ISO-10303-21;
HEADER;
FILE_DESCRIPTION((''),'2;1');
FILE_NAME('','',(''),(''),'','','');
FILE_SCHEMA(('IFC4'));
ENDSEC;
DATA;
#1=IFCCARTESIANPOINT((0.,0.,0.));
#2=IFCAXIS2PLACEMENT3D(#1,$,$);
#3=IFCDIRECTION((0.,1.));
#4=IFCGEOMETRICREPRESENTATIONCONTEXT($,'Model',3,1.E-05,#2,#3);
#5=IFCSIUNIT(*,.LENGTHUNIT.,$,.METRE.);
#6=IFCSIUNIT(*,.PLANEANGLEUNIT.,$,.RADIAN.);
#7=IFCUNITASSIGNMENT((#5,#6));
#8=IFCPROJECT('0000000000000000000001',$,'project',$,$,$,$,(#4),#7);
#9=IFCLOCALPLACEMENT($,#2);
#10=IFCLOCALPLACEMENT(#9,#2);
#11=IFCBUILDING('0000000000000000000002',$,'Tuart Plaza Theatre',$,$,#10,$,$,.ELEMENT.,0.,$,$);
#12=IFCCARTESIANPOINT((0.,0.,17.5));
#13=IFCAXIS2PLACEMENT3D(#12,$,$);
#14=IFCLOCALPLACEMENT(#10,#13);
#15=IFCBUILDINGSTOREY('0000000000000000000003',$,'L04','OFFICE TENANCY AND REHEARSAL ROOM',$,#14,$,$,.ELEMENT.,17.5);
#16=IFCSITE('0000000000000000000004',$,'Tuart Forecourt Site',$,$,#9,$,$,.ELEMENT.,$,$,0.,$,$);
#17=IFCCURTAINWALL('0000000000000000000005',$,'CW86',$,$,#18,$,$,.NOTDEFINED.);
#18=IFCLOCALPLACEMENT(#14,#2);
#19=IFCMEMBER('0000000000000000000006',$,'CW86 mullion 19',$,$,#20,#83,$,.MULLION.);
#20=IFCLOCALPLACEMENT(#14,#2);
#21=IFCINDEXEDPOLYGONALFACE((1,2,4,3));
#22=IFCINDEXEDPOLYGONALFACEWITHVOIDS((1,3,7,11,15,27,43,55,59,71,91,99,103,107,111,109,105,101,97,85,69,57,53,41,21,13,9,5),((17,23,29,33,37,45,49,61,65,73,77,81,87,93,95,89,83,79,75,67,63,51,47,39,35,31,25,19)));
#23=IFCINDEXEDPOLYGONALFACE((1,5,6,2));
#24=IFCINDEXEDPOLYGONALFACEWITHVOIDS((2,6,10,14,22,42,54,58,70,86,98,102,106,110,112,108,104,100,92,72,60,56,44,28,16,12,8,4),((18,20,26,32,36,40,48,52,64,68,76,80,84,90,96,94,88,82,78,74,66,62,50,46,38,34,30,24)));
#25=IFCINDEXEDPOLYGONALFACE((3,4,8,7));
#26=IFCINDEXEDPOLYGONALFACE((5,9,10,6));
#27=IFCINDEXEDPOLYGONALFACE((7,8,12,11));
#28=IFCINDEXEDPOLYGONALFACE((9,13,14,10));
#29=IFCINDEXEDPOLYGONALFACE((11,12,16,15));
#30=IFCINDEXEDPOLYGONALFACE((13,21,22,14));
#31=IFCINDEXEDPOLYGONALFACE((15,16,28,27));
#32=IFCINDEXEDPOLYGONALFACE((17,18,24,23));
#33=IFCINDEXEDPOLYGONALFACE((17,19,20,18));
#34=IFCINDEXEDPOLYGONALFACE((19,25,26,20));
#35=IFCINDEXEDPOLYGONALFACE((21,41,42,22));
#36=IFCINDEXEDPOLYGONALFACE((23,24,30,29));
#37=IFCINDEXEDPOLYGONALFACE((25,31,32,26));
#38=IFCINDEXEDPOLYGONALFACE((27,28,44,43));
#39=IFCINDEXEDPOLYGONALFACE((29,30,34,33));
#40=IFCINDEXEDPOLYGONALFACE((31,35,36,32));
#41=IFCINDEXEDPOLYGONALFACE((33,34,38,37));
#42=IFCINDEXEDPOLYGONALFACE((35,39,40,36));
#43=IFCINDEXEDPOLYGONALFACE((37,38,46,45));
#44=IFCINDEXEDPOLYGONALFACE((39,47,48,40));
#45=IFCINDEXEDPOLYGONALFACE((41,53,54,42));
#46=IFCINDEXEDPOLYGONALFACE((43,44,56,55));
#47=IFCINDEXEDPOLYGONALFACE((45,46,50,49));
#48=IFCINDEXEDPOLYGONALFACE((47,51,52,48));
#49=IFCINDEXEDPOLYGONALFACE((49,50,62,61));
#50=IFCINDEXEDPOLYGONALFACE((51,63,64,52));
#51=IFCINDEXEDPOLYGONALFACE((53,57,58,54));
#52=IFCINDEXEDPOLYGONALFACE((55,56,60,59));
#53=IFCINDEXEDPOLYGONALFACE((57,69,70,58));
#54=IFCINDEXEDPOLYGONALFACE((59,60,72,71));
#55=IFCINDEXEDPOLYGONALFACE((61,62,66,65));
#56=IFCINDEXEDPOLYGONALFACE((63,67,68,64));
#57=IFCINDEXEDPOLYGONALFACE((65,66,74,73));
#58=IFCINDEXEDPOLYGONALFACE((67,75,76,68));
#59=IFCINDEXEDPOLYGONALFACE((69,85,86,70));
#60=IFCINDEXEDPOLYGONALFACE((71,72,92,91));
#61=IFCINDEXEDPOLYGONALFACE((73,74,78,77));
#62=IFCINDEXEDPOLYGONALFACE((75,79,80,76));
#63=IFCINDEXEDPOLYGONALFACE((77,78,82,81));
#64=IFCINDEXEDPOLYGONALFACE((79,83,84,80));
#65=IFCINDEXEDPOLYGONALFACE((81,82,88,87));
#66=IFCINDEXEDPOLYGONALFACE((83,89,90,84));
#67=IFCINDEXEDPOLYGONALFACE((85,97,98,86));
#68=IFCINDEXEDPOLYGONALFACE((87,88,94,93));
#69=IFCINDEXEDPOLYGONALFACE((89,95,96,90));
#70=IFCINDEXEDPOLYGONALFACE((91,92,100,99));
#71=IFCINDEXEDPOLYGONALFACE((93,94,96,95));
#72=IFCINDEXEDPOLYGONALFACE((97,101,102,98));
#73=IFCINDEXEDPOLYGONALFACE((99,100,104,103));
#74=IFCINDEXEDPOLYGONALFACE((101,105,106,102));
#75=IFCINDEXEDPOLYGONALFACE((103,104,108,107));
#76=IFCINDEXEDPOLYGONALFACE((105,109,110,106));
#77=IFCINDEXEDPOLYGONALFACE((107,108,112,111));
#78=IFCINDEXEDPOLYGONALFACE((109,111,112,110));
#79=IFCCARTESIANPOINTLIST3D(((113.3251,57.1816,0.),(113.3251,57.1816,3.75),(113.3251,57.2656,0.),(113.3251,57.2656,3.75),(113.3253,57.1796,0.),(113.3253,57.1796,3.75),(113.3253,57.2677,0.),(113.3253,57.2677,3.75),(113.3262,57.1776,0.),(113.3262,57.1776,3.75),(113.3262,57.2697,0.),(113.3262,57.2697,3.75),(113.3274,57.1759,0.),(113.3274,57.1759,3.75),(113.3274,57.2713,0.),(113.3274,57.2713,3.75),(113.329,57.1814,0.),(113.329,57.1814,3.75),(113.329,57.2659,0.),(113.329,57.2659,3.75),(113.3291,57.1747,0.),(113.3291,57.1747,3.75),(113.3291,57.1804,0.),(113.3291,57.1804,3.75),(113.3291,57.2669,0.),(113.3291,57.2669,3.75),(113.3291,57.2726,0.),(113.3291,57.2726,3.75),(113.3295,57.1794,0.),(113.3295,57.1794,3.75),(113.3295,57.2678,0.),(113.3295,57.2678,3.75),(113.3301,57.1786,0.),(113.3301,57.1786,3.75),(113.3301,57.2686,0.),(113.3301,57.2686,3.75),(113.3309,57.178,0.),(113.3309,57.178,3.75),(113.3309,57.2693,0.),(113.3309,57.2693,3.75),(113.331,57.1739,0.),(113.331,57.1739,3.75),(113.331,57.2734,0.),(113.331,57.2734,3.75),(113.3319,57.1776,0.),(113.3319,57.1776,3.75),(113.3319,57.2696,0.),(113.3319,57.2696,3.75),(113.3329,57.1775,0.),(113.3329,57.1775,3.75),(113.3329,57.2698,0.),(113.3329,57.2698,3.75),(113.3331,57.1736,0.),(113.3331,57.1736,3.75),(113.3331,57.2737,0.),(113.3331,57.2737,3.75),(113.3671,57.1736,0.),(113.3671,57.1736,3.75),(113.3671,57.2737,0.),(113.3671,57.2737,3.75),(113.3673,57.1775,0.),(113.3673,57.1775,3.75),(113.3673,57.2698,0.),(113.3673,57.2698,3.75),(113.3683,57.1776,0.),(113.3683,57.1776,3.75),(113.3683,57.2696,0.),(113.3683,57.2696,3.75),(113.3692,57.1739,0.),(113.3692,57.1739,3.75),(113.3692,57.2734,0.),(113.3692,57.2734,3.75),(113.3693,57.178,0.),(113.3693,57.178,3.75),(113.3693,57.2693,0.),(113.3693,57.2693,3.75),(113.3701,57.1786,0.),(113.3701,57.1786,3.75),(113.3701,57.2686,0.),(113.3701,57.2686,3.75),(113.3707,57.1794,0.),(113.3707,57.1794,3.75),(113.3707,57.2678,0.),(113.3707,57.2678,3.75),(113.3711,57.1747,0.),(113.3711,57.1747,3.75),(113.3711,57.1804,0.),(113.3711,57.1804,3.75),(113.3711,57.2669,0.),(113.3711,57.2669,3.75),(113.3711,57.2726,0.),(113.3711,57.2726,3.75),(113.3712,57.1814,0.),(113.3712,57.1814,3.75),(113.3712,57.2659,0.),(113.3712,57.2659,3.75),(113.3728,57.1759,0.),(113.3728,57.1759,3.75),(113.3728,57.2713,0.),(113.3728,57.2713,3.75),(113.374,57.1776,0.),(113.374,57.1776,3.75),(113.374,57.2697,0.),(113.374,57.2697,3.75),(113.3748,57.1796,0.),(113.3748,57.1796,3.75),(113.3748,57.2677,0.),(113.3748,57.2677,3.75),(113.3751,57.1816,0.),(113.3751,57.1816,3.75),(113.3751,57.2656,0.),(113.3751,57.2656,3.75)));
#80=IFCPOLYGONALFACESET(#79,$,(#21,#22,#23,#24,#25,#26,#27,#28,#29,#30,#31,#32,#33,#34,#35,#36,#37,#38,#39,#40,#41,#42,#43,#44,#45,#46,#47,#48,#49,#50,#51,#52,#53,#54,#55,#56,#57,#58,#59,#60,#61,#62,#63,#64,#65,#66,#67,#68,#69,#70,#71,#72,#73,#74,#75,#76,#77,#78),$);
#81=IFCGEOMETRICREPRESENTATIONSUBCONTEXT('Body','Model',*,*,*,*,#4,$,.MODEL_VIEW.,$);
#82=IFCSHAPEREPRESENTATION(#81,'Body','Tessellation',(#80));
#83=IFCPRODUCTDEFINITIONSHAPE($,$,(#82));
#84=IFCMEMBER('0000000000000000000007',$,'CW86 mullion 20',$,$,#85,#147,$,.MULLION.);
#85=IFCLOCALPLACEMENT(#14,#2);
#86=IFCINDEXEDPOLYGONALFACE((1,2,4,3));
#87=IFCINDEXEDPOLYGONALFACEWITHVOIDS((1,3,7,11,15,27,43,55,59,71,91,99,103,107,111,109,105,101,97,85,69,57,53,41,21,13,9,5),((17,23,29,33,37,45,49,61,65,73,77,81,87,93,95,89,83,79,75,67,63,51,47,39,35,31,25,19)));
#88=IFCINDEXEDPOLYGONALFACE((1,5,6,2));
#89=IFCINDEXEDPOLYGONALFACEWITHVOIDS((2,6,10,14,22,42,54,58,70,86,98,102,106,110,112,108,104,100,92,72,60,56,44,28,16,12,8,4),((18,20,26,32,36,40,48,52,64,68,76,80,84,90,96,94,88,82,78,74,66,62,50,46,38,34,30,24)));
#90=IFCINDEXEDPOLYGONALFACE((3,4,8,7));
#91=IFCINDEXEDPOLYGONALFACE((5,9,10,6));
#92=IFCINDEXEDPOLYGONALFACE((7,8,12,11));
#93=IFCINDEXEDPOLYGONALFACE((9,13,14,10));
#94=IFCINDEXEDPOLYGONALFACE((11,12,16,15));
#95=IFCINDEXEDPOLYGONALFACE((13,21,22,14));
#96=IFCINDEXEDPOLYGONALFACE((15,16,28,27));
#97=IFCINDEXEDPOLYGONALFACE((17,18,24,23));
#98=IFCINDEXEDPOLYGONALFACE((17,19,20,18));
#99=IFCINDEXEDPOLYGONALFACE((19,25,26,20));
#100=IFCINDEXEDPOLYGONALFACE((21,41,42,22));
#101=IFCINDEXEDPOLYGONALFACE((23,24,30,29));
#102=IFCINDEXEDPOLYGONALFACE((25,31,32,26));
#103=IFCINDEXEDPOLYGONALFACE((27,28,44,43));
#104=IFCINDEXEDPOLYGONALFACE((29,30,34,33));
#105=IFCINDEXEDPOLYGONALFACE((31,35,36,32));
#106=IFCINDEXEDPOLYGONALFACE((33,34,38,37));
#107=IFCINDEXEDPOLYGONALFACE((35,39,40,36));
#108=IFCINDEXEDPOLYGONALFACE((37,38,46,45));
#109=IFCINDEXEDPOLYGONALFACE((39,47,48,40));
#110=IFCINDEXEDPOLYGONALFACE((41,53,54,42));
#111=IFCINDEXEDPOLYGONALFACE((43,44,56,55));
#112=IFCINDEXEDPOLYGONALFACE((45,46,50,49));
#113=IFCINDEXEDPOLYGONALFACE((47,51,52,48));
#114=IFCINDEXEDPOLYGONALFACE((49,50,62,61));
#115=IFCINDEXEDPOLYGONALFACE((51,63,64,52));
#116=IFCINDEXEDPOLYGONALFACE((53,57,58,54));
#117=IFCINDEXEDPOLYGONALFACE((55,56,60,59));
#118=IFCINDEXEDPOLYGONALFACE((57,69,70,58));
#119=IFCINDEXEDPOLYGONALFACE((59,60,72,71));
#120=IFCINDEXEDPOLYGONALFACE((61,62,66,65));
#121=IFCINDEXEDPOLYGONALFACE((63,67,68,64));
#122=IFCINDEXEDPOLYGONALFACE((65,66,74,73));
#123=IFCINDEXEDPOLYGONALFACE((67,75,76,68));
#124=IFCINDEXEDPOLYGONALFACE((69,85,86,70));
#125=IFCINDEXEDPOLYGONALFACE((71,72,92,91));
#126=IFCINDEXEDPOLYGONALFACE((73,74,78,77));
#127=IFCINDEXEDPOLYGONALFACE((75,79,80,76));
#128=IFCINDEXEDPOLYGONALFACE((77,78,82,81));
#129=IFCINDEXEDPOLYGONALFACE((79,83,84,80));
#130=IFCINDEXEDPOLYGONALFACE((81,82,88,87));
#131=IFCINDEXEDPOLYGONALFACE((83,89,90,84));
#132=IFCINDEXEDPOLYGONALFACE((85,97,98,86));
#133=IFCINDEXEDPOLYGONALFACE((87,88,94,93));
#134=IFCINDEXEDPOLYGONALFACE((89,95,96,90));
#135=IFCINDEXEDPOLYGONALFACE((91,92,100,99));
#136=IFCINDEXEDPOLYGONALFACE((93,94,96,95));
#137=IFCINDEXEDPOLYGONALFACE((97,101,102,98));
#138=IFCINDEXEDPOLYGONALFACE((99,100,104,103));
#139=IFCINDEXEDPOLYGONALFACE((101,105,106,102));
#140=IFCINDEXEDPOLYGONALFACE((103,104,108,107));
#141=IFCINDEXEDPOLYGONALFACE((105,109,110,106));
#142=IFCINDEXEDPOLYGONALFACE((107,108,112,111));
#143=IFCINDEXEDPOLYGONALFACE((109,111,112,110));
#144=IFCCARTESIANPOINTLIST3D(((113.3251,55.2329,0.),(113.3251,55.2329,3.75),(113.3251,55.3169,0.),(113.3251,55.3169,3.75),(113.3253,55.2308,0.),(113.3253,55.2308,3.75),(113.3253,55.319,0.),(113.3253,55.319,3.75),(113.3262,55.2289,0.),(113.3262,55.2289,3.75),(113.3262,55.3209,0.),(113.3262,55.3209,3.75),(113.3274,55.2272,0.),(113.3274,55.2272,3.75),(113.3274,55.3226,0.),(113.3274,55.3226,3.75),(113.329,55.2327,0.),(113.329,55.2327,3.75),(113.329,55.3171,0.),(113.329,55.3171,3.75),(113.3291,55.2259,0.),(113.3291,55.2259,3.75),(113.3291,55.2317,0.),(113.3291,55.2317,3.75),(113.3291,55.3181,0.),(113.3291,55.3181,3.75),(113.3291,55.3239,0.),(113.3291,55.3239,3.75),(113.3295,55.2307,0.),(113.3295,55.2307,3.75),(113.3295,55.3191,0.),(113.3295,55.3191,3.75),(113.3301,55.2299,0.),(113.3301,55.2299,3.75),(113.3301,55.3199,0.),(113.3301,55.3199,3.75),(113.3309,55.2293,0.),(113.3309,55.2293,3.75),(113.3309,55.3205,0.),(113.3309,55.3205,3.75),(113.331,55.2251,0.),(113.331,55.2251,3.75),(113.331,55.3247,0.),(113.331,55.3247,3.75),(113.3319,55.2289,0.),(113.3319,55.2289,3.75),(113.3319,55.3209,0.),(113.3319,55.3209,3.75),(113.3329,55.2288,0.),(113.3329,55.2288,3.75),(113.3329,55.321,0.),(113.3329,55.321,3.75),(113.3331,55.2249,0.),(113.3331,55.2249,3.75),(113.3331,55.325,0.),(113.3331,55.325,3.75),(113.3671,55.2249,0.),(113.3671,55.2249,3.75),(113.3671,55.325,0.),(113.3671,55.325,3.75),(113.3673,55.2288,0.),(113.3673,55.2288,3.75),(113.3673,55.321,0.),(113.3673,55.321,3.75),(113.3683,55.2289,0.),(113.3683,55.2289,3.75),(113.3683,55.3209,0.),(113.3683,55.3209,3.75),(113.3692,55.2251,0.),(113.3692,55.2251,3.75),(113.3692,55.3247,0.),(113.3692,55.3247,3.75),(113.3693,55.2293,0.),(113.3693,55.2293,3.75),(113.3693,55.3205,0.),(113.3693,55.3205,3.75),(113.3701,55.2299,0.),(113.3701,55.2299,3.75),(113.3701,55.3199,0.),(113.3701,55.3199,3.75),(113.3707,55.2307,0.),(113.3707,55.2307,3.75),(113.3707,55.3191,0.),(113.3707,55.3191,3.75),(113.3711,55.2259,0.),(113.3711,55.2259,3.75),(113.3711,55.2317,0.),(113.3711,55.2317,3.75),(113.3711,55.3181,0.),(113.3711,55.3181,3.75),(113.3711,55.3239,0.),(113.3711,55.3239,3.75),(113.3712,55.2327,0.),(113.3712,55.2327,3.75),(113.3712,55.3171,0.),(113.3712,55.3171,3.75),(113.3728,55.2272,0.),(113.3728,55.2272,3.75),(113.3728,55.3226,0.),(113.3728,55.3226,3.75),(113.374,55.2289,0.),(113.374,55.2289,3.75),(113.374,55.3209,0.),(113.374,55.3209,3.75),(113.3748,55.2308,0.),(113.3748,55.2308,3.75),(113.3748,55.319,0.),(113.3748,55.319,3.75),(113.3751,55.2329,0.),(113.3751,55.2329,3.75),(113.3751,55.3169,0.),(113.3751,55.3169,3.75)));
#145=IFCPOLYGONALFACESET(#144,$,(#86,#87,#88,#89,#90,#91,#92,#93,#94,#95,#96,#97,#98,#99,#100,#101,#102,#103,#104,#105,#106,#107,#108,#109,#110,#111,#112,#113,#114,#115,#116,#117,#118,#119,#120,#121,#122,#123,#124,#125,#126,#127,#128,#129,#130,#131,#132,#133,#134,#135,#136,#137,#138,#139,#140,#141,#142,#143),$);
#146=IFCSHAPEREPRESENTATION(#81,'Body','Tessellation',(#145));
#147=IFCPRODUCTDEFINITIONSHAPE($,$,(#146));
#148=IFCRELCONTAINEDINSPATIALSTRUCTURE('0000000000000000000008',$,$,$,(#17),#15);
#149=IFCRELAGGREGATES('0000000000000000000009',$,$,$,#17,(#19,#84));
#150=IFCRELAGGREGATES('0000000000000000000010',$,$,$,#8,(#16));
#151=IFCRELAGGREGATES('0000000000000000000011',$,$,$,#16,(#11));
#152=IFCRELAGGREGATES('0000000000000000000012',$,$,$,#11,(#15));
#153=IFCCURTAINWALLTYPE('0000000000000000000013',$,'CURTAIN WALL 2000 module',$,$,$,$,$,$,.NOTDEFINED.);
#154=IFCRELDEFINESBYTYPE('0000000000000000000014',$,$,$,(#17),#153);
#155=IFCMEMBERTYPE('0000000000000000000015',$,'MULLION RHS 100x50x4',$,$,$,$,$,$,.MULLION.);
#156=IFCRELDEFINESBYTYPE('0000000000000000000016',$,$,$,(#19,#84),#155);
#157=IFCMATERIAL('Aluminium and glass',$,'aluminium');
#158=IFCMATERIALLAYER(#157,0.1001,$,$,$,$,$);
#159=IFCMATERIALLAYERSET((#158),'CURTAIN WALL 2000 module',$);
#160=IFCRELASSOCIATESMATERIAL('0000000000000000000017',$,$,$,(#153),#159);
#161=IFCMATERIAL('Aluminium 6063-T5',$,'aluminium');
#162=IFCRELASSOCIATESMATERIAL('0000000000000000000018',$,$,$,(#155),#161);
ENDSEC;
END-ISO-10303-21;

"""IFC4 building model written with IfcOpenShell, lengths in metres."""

from ifc_helpers import new_model, si_unit, direction, frame, origin, origin_2d, place, context, subcontext, project, spatial, hollow_rectangle, extrude, material, layer, layer_set, material_profile, profile_set, type_object, element, aggregate, save


model = new_model("IFC4")

# Units and contexts
model_context = context("Model", 3, precision=1e-05, world=origin(), true_north=direction((0.0, 1.0)))
body_context = subcontext(model_context, "Body", "Model", "MODEL_VIEW")
ifc_project = project(units=[si_unit("LENGTHUNIT", "METRE"), si_unit("PLANEANGLEUNIT", "RADIAN")], contexts=[model_context])

# Site, building, storey
site_placement = place(None, origin())
site = spatial("IfcSite", under=ifc_project, at=site_placement, Name="Tuart Forecourt Site", CompositionType="ELEMENT", RefElevation=0.0)
building_placement = place(site_placement, origin())
building = spatial("IfcBuilding", under=site, at=building_placement, Name="Tuart Plaza Theatre", CompositionType="ELEMENT", ElevationOfRefHeight=0.0)
storey_placement = place(building_placement, frame((0.0, 0.0, 17.5)))
storey = spatial("IfcBuildingStorey", under=building, at=storey_placement, Name="L04", Description="OFFICE TENANCY AND REHEARSAL ROOM", CompositionType="ELEMENT", Elevation=17.5)

# Curtain wall, members
ifc_material_1 = material(Name="Aluminium and glass", Category="aluminium")
ifc_layer_1 = layer(ifc_material_1, 0.1001)
ifc_layer_set_1 = layer_set([ifc_layer_1], Name="CURTAIN WALL 2000 module")
curtain_wall_type = type_object("IfcCurtainWallType", Name="CURTAIN WALL 2000 module", PredefinedType="NOTDEFINED", material=ifc_layer_set_1)
curtain_wall_placement = place(storey_placement, origin())
curtain_wall = element("IfcCurtainWall", 1, at=curtain_wall_placement, inside=storey, type_object=curtain_wall_type, Name="CW86", PredefinedType="NOTDEFINED")
ifc_material_2 = material(Name="Aluminium 6063-T5", Category="aluminium")
ifc_material_profile_1 = material_profile(ifc_material_2, hollow_rectangle(XDim=0.05, YDim=0.1001, WallThickness=0.0039, InnerFilletRadius=0.0039, OuterFilletRadius=0.0081, at=origin_2d()), Name="RHS 100x50x4")
ifc_profile_set_1 = profile_set([ifc_material_profile_1], Name="Aluminium 6063-T5")
member_type_1 = type_object("IfcMemberType", Name="MULLION RHS 100x50x4", PredefinedType="MULLION", material=ifc_profile_set_1)
member_1_placement = place(storey_placement, frame((113.3501, 57.2236, 0.0), z_axis=(0.0, 0.0, 1.0), x_axis=(1.0, 0.0, 0.0)))
member_1 = element("IfcMember", 2, at=member_1_placement, type_object=member_type_1, Name="CW86 mullion 19", PredefinedType="MULLION", context=body_context, shape_type="SweptSolid", body=[
    extrude(hollow_rectangle(XDim=0.05, YDim=0.1001, WallThickness=0.0039, InnerFilletRadius=0.0039, OuterFilletRadius=0.0081, at=origin_2d()), origin(), (0.0, 0.0, 1.0), 3.75),
])
member_2_placement = place(storey_placement, frame((113.3501, 55.2749, 0.0), z_axis=(0.0, 0.0, 1.0), x_axis=(1.0, 0.0, 0.0)))
member_2 = element("IfcMember", 3, at=member_2_placement, type_object=member_type_1, Name="CW86 mullion 20", PredefinedType="MULLION", context=body_context, shape_type="SweptSolid", body=[
    extrude(hollow_rectangle(XDim=0.05, YDim=0.1001, WallThickness=0.0039, InnerFilletRadius=0.0039, OuterFilletRadius=0.0081, at=origin_2d()), origin(), (0.0, 0.0, 1.0), 3.75),
])
aggregate(curtain_wall, [member_1, member_2])

save(model, "model.ifc")
